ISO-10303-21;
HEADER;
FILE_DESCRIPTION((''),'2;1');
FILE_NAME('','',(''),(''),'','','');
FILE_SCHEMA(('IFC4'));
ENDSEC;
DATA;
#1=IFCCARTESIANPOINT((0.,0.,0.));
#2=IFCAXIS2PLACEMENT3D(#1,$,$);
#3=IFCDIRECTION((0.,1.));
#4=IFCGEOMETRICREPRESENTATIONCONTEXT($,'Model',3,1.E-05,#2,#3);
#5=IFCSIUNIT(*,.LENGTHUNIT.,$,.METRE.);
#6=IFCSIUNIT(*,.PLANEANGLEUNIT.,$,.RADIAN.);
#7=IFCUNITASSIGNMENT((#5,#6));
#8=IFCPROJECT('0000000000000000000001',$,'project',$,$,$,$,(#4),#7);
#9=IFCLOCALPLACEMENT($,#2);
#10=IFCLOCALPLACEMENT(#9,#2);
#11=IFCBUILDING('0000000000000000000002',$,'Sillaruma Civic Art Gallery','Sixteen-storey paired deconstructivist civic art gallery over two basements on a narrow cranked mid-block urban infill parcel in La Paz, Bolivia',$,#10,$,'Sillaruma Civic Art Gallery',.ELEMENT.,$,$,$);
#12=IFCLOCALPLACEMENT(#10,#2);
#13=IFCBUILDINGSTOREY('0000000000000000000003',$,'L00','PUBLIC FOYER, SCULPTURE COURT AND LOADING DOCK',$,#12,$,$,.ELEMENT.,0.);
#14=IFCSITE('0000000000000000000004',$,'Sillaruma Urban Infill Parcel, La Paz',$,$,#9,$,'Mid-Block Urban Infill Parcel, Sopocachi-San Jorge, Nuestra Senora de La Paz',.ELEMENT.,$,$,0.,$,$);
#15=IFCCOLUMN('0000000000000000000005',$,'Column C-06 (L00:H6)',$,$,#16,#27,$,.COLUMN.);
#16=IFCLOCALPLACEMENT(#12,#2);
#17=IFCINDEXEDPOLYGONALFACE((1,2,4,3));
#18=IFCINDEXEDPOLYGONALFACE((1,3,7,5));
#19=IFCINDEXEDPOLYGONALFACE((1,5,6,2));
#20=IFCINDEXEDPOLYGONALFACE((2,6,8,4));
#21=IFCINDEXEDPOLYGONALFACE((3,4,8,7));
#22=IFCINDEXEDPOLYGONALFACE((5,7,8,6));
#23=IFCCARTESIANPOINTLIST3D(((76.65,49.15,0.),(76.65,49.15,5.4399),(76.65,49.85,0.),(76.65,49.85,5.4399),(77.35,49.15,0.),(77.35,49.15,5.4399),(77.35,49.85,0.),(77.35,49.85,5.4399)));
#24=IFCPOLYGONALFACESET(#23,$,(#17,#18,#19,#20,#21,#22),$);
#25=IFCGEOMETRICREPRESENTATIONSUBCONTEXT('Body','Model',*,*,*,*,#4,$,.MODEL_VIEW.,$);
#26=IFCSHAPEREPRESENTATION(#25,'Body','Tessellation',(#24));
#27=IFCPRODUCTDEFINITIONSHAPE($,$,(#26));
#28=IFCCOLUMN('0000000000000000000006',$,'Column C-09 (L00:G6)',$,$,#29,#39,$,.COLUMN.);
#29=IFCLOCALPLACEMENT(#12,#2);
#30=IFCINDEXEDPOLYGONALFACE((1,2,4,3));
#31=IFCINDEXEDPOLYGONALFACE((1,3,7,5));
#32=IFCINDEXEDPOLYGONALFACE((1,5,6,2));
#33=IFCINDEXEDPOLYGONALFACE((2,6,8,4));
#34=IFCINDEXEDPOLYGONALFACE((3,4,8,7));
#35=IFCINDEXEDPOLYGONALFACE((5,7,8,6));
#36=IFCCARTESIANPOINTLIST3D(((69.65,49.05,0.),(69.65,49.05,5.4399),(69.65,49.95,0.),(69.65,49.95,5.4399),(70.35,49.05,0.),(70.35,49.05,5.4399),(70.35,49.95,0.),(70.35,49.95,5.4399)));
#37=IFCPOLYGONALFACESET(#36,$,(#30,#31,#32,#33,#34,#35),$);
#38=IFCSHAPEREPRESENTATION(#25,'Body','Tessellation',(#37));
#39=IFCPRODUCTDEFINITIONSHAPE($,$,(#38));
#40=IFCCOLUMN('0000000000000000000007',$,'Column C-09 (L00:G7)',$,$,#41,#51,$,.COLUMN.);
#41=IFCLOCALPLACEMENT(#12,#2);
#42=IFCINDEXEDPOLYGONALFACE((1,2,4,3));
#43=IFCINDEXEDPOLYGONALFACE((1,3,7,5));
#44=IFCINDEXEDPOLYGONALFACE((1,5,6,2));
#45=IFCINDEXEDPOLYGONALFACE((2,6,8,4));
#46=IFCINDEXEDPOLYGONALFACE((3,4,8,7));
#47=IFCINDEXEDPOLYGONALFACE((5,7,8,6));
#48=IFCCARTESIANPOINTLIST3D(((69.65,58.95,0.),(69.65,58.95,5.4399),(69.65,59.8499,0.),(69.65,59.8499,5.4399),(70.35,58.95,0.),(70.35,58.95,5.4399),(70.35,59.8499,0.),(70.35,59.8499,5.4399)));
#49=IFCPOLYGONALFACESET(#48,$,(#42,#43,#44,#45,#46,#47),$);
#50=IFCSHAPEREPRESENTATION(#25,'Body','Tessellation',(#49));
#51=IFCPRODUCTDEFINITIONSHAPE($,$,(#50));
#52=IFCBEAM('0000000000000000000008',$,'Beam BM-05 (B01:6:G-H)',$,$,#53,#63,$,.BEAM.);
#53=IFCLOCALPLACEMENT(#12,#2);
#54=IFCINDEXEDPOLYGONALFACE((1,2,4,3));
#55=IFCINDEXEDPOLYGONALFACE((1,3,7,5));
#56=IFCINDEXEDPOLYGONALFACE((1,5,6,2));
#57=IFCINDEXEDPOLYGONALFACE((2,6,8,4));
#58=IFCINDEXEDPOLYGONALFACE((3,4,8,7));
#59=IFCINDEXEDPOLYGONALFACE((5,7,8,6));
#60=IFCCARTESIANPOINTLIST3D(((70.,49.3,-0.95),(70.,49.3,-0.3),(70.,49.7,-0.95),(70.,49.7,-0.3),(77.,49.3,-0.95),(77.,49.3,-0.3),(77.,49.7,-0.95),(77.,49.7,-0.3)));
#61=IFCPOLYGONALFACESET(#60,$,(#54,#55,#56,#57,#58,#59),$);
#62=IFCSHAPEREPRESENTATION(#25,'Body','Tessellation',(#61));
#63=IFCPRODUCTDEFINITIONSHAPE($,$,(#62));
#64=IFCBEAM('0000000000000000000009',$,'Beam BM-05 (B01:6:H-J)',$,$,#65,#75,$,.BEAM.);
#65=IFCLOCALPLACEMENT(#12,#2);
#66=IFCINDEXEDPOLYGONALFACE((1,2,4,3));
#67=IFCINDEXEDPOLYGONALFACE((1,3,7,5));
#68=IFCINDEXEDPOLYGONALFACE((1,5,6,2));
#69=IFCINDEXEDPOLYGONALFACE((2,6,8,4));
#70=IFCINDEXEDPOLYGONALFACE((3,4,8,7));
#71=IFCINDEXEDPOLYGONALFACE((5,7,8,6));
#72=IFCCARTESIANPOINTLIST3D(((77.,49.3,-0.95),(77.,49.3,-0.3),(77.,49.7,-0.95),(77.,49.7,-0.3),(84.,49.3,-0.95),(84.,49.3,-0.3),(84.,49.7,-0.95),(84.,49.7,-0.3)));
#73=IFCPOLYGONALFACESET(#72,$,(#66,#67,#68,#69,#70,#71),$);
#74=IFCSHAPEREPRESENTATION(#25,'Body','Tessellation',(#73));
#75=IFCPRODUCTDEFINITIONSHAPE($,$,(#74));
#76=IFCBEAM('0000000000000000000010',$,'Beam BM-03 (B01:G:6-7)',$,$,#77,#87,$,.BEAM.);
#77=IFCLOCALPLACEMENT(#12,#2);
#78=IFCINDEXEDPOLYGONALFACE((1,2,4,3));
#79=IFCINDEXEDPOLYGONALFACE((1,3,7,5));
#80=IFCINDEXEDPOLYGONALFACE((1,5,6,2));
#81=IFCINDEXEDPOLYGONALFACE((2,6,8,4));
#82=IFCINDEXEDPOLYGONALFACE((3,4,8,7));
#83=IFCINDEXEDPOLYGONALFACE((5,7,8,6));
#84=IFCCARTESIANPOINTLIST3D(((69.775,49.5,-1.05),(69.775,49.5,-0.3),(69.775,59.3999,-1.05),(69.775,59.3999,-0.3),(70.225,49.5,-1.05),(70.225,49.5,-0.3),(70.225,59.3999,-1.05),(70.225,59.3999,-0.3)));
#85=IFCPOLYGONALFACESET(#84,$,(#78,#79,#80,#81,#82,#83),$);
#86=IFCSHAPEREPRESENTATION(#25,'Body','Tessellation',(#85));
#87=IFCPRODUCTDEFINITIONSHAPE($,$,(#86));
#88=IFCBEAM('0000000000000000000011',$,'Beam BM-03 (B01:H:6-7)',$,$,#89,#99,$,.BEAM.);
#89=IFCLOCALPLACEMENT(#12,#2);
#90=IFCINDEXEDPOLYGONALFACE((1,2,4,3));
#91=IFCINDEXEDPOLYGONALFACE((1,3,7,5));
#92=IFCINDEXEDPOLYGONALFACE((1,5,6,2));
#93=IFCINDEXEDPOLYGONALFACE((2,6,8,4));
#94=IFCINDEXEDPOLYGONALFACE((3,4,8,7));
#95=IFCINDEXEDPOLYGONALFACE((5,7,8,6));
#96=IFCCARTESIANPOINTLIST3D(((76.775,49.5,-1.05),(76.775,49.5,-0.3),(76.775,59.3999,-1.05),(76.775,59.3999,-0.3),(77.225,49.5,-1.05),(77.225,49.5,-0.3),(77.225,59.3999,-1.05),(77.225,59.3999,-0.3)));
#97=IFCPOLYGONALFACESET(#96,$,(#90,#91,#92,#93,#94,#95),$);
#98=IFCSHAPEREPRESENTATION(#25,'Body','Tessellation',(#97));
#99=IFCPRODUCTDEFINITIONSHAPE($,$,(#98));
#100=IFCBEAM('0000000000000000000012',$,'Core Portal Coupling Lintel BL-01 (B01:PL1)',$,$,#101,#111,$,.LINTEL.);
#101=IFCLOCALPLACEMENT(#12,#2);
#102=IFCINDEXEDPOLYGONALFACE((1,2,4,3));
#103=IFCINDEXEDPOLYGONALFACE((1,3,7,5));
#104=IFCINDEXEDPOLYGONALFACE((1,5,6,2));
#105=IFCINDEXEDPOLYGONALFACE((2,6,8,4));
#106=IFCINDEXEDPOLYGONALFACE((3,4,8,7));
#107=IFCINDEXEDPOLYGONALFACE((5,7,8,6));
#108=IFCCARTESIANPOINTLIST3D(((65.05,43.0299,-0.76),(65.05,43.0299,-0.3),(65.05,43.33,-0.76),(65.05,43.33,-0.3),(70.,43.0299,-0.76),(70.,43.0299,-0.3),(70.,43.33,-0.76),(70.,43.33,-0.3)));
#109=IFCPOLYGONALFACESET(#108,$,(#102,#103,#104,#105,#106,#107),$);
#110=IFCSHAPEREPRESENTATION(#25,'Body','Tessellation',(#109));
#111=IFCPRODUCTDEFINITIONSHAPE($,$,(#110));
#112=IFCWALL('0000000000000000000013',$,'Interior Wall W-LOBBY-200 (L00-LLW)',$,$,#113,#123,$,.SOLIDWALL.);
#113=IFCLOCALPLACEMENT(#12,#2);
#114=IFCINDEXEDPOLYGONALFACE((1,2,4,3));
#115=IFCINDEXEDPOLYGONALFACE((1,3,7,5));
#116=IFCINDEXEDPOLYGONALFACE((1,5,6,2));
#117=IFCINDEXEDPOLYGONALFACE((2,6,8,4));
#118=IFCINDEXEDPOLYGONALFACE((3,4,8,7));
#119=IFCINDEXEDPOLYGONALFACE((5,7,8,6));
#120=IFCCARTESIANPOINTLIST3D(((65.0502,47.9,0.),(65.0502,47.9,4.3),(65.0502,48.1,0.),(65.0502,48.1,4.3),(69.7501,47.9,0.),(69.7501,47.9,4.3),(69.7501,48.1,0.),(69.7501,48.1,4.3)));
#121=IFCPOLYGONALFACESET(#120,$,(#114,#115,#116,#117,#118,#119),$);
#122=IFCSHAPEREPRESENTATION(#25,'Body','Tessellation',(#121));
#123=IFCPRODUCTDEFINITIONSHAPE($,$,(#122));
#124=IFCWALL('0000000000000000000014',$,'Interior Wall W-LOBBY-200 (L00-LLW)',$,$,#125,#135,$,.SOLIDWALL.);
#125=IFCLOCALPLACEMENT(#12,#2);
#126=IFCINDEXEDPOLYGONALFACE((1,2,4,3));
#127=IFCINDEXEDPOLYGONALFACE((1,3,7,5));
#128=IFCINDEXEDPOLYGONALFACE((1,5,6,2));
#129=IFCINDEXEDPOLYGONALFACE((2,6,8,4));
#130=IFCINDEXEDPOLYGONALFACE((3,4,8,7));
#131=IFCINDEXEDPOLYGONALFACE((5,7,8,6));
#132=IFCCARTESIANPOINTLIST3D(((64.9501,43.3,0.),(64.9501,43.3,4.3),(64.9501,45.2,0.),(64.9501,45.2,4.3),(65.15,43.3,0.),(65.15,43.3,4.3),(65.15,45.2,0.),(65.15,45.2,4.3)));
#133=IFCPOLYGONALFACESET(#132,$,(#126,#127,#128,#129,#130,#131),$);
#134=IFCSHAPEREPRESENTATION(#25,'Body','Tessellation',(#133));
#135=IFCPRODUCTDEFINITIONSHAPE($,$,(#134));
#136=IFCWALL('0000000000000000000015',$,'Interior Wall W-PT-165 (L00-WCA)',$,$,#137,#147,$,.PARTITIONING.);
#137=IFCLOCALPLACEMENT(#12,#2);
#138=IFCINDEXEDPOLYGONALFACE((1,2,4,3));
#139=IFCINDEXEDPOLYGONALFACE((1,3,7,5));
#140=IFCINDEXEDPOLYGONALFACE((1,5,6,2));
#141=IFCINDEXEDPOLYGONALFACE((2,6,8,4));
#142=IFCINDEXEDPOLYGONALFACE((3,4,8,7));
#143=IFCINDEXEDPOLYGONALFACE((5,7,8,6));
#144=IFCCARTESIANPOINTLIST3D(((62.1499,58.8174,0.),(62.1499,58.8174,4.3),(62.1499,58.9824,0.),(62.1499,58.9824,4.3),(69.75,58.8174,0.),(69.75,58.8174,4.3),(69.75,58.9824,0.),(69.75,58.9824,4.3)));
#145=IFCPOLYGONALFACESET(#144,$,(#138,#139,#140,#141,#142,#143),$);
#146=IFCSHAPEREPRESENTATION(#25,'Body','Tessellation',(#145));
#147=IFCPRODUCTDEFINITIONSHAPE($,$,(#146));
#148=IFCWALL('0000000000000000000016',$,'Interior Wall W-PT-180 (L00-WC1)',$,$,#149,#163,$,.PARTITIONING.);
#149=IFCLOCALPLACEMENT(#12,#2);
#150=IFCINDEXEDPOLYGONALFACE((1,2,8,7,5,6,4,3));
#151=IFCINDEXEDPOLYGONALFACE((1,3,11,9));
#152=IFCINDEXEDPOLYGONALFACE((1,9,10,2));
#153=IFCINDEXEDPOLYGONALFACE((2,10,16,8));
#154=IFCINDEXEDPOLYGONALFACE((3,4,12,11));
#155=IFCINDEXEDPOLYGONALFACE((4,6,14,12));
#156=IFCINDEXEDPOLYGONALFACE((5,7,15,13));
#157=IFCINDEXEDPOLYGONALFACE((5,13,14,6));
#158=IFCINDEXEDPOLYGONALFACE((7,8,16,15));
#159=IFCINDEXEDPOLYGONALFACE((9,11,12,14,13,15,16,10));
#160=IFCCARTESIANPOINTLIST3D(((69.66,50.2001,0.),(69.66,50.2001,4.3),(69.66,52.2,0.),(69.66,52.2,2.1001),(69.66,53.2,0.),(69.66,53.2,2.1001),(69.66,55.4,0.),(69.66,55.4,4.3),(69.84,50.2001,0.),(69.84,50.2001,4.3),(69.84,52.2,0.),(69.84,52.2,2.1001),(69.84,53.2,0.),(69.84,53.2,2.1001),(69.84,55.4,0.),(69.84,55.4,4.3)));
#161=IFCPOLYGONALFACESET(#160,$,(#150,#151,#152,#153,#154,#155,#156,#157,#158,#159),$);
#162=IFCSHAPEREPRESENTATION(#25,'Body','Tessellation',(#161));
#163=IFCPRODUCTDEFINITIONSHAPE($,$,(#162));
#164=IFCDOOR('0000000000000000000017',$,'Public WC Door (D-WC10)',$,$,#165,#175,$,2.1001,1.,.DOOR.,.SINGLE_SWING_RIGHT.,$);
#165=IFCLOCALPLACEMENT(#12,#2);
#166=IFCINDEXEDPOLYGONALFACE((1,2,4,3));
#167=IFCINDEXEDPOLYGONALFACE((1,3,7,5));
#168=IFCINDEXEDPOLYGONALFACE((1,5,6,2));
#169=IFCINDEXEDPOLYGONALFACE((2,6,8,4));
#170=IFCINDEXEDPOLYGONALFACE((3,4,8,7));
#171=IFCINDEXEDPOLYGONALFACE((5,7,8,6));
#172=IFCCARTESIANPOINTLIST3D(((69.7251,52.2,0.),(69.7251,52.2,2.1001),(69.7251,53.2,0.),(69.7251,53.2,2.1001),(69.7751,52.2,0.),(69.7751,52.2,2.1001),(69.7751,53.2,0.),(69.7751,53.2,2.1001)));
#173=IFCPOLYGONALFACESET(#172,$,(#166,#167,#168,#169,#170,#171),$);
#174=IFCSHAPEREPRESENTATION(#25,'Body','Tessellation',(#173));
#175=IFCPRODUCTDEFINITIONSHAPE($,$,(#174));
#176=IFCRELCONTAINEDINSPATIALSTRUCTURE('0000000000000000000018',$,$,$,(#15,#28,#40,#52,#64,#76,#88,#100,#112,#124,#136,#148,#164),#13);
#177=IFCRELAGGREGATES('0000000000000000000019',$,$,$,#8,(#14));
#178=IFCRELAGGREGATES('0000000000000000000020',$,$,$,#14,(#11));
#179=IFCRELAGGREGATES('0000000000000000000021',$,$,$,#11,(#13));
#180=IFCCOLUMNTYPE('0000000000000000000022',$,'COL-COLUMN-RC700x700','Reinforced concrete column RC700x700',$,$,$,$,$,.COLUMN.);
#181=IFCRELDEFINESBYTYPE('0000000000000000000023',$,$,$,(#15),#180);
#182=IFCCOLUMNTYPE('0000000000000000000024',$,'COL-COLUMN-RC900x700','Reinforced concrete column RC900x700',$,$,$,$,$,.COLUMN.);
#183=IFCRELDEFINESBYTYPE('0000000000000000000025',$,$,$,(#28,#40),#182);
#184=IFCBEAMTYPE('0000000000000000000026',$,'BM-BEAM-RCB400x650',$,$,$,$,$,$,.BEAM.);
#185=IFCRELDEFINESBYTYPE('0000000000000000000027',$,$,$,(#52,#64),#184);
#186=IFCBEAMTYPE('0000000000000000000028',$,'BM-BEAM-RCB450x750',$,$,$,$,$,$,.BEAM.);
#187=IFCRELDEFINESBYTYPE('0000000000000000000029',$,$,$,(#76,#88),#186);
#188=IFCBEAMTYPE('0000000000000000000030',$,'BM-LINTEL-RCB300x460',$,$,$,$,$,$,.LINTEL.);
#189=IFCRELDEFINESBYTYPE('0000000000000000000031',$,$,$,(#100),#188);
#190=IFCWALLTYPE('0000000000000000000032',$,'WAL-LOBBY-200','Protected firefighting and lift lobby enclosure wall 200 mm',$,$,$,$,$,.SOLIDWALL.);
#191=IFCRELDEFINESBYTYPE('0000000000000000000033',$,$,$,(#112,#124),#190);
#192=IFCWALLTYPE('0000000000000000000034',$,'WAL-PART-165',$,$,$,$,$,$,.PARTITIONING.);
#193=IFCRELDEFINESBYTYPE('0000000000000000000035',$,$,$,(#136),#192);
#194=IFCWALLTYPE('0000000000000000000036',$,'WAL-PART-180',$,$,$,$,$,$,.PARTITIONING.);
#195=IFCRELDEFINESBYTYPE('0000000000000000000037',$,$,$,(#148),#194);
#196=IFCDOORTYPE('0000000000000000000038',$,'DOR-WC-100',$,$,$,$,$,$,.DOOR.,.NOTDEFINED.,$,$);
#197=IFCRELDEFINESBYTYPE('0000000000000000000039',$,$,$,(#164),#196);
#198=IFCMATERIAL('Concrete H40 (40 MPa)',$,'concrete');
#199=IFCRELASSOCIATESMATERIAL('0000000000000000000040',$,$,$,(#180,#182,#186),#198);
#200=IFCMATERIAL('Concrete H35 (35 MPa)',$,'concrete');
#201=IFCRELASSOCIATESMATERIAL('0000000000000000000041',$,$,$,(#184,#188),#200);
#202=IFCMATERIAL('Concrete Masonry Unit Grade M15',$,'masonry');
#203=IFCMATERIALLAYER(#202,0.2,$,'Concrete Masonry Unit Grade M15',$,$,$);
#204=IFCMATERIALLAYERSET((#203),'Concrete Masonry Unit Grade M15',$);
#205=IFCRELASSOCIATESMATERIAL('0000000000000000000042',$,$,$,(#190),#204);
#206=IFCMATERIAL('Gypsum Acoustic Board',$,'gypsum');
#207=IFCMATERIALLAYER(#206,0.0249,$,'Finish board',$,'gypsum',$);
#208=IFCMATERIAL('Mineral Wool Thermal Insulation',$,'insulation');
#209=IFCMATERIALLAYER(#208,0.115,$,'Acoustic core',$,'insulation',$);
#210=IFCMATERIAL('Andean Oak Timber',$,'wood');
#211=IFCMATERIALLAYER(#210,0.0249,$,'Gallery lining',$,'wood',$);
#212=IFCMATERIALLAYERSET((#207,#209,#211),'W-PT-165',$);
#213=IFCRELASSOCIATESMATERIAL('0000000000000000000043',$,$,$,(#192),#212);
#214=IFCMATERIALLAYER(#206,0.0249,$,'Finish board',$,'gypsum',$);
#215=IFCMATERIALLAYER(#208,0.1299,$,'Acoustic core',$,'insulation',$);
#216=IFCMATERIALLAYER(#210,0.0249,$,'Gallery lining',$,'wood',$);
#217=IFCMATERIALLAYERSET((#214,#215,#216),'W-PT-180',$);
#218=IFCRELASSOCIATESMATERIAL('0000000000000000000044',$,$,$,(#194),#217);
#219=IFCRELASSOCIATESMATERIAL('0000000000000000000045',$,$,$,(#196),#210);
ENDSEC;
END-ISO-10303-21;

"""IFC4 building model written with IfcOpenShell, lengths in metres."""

from ifc_helpers import new_model, si_unit, direction, frame, frame_2d, origin, origin_2d, place, context, subcontext, project, spatial, rectangle, extrude, material, layer, layer_set, material_profile, profile_set, type_object, element, fill, save


model = new_model("IFC4")

# Units and contexts
model_context = context("Model", 3, precision=1e-05, world=origin(), true_north=direction((0.0, 1.0)))
body_context = subcontext(model_context, "Body", "Model", "MODEL_VIEW")
ifc_project = project(units=[si_unit("LENGTHUNIT", "METRE"), si_unit("PLANEANGLEUNIT", "RADIAN")], contexts=[model_context])

# Site, building, storey
site_placement = place(None, origin())
site = spatial("IfcSite", under=ifc_project, at=site_placement, Name="Sillaruma Urban Infill Parcel, La Paz", LongName="Mid-Block Urban Infill Parcel, Sopocachi-San Jorge, Nuestra Senora de La Paz", CompositionType="ELEMENT", RefElevation=0.0)
building_placement = place(site_placement, origin())
building = spatial("IfcBuilding", under=site, at=building_placement, Name="Sillaruma Civic Art Gallery", Description="Sixteen-storey paired deconstructivist civic art gallery over two basements on a narrow cranked mid-block urban infill parcel in La Paz, Bolivia", LongName="Sillaruma Civic Art Gallery", CompositionType="ELEMENT")
storey_placement = place(building_placement, origin())
storey = spatial("IfcBuildingStorey", under=building, at=storey_placement, Name="L00", Description="PUBLIC FOYER, SCULPTURE COURT AND LOADING DOCK", CompositionType="ELEMENT", Elevation=0.0)

# Columns
ifc_material_1 = material(Name="Concrete H40 (40 MPa)", Category="concrete")
ifc_material_profile_1 = material_profile(ifc_material_1, rectangle(XDim=0.7, YDim=0.7, at=origin_2d()), Name="RC700x700")
ifc_profile_set_1 = profile_set([ifc_material_profile_1], Name="Concrete H40 (40 MPa)")
column_type_1 = type_object("IfcColumnType", Name="COL-COLUMN-RC700x700", Description="Reinforced concrete column RC700x700", PredefinedType="COLUMN", material=ifc_profile_set_1)
column_placement = place(storey_placement, frame((77.0, 49.5, 0.0), z_axis=(0.0, 0.0, 1.0), x_axis=(1.0, 0.0, 0.0)))
element("IfcColumn", 1, at=column_placement, inside=storey, type_object=column_type_1, Name="Column C-06 (L00:H6)", PredefinedType="COLUMN", context=body_context, shape_type="SweptSolid", body=[
    extrude(rectangle(XDim=0.7, YDim=0.7, at=origin_2d()), origin(), (0.0, 0.0, 1.0), 5.4399),
])
ifc_material_profile_2 = material_profile(ifc_material_1, rectangle(XDim=0.7, YDim=0.8999, at=origin_2d()), Name="RC900x700")
ifc_profile_set_2 = profile_set([ifc_material_profile_2], Name="Concrete H40 (40 MPa)")
column_type_2 = type_object("IfcColumnType", Name="COL-COLUMN-RC900x700", Description="Reinforced concrete column RC900x700", PredefinedType="COLUMN", material=ifc_profile_set_2)
for number, where, z_axis, x_axis, name in (
    (2, (70.0, 49.5, 0.0), (0.0, 0.0, 1.0), (1.0, 0.0, 0.0), "Column C-09 (L00:G6)"),
    (3, (70.0, 59.3999, 0.0), (0.0, 0.0, 1.0), (1.0, 0.0, 0.0), "Column C-09 (L00:G7)"),
):
    element("IfcColumn", number, at=place(storey_placement, frame(where, z_axis=z_axis, x_axis=x_axis)), inside=storey, type_object=column_type_2, Name=name, PredefinedType="COLUMN", context=body_context, shape_type="SweptSolid", body=[
        extrude(rectangle(XDim=0.7, YDim=0.8999, at=origin_2d()), origin(), (0.0, 0.0, 1.0), 5.4399),
    ])

# Beams
ifc_material_2 = material(Name="Concrete H35 (35 MPa)", Category="concrete")
ifc_material_profile_3 = material_profile(ifc_material_2, rectangle(XDim=0.3999, YDim=0.6499, at=origin_2d()), Name="RCB400x650")
ifc_profile_set_3 = profile_set([ifc_material_profile_3], Name="Concrete H35 (35 MPa)")
beam_type_1 = type_object("IfcBeamType", Name="BM-BEAM-RCB400x650", PredefinedType="BEAM", material=ifc_profile_set_3)
for number, where, z_axis, x_axis, name in (
    (4, (70.0, 49.5, -0.625), (1.0, 0.0, 0.0), (0.0, 1.0, 0.0), "Beam BM-05 (B01:6:G-H)"),
    (5, (77.0, 49.5, -0.625), (1.0, 0.0, 0.0), (0.0, 1.0, 0.0), "Beam BM-05 (B01:6:H-J)"),
):
    element("IfcBeam", number, at=place(storey_placement, frame(where, z_axis=z_axis, x_axis=x_axis)), inside=storey, type_object=beam_type_1, Name=name, PredefinedType="BEAM", context=body_context, shape_type="SweptSolid", body=[
        extrude(rectangle(XDim=0.3999, YDim=0.6499, at=origin_2d()), origin(), (0.0, 0.0, 1.0), 7.0),
    ])
ifc_material_profile_4 = material_profile(ifc_material_1, rectangle(XDim=0.45, YDim=0.75, at=origin_2d()), Name="RCB450x750")
ifc_profile_set_4 = profile_set([ifc_material_profile_4], Name="Concrete H40 (40 MPa)")
beam_type_2 = type_object("IfcBeamType", Name="BM-BEAM-RCB450x750", PredefinedType="BEAM", material=ifc_profile_set_4)
for number, where, z_axis, x_axis, name in (
    (6, (70.0, 49.5, -0.675), (0.0, 1.0, 0.0), (-1.0, 0.0, 0.0), "Beam BM-03 (B01:G:6-7)"),
    (7, (77.0, 49.5, -0.675), (0.0, 1.0, 0.0), (-1.0, 0.0, 0.0), "Beam BM-03 (B01:H:6-7)"),
):
    element("IfcBeam", number, at=place(storey_placement, frame(where, z_axis=z_axis, x_axis=x_axis)), inside=storey, type_object=beam_type_2, Name=name, PredefinedType="BEAM", context=body_context, shape_type="SweptSolid", body=[
        extrude(rectangle(XDim=0.45, YDim=0.75, at=origin_2d()), origin(), (0.0, 0.0, 1.0), 9.8999),
    ])
ifc_material_profile_5 = material_profile(ifc_material_2, rectangle(XDim=0.3, YDim=0.46, at=origin_2d()), Name="RCB300x460")
ifc_profile_set_5 = profile_set([ifc_material_profile_5], Name="Concrete H35 (35 MPa)")
beam_type_3 = type_object("IfcBeamType", Name="BM-LINTEL-RCB300x460", PredefinedType="LINTEL", material=ifc_profile_set_5)
beam_placement = place(storey_placement, frame((65.05, 43.1799, -0.53), z_axis=(1.0, 0.0, 0.0), x_axis=(0.0, 1.0, 0.0)))
element("IfcBeam", 8, at=beam_placement, inside=storey, type_object=beam_type_3, Name="Core Portal Coupling Lintel BL-01 (B01:PL1)", PredefinedType="LINTEL", context=body_context, shape_type="SweptSolid", body=[
    extrude(rectangle(XDim=0.3, YDim=0.46, at=origin_2d()), origin(), (0.0, 0.0, 1.0), 4.95),
])

# Walls
ifc_material_3 = material(Name="Concrete Masonry Unit Grade M15", Category="masonry")
ifc_layer_1 = layer(ifc_material_3, 0.2, Name="Concrete Masonry Unit Grade M15")
ifc_layer_set_1 = layer_set([ifc_layer_1], Name="Concrete Masonry Unit Grade M15")
wall_type_1 = type_object("IfcWallType", Name="WAL-LOBBY-200", Description="Protected firefighting and lift lobby enclosure wall 200 mm", PredefinedType="SOLIDWALL", material=ifc_layer_set_1)
wall_1_placement = place(storey_placement, frame((65.05, 48.0, 0.0), z_axis=(0.0, 0.0, 1.0), x_axis=(1.0, 0.0, 0.0)))
element("IfcWall", 9, at=wall_1_placement, inside=storey, type_object=wall_type_1, Name="Interior Wall W-LOBBY-200 (L00-LLW)", PredefinedType="SOLIDWALL", context=body_context, shape_type="SweptSolid", body=[
    extrude(rectangle(XDim=4.7, YDim=0.2, at=frame_2d((2.3501, 0.0))), origin(), (0.0, 0.0, 1.0), 4.3),
])
wall_2_placement = place(storey_placement, frame((65.05, 43.3, 0.0), z_axis=(0.0, 0.0, 1.0), x_axis=(0.0, 1.0, 0.0)))
element("IfcWall", 10, at=wall_2_placement, inside=storey, type_object=wall_type_1, Name="Interior Wall W-LOBBY-200 (L00-LLW)", PredefinedType="SOLIDWALL", context=body_context, shape_type="SweptSolid", body=[
    extrude(rectangle(XDim=1.8999, YDim=0.2, at=frame_2d((0.95, 0.0))), origin(), (0.0, 0.0, 1.0), 4.3),
])

# Shared definitions
ifc_material_4 = material(Name="Gypsum Acoustic Board", Category="gypsum")
ifc_material_5 = material(Name="Mineral Wool Thermal Insulation", Category="insulation")
ifc_material_6 = material(Name="Andean Oak Timber", Category="wood")

# Wall
ifc_layer_2 = layer(ifc_material_4, 0.0249, Name="Finish board", Category="gypsum")
ifc_layer_3 = layer(ifc_material_5, 0.115, Name="Acoustic core", Category="insulation")
ifc_layer_4 = layer(ifc_material_6, 0.0249, Name="Gallery lining", Category="wood")
ifc_layer_set_2 = layer_set([ifc_layer_2, ifc_layer_3, ifc_layer_4], Name="W-PT-165")
wall_type_2 = type_object("IfcWallType", Name="WAL-PART-165", PredefinedType="PARTITIONING", material=ifc_layer_set_2)
wall_3_placement = place(storey_placement, frame((62.1499, 58.8999, 0.0), z_axis=(0.0, 0.0, 1.0), x_axis=(1.0, 0.0, 0.0)))
element("IfcWall", 11, at=wall_3_placement, inside=storey, type_object=wall_type_2, Name="Interior Wall W-PT-165 (L00-WCA)", PredefinedType="PARTITIONING", context=body_context, shape_type="SweptSolid", body=[
    extrude(rectangle(XDim=7.6001, YDim=0.165, at=frame_2d((3.8, 0.0))), origin(), (0.0, 0.0, 1.0), 4.3),
])

# Wall, opening, door
ifc_layer_5 = layer(ifc_material_4, 0.0249, Name="Finish board", Category="gypsum")
ifc_layer_6 = layer(ifc_material_5, 0.1299, Name="Acoustic core", Category="insulation")
ifc_layer_7 = layer(ifc_material_6, 0.0249, Name="Gallery lining", Category="wood")
ifc_layer_set_3 = layer_set([ifc_layer_5, ifc_layer_6, ifc_layer_7], Name="W-PT-180")
wall_type_3 = type_object("IfcWallType", Name="WAL-PART-180", PredefinedType="PARTITIONING", material=ifc_layer_set_3)
wall_4_placement = place(storey_placement, frame((69.75, 50.2, 0.0), z_axis=(0.0, 0.0, 1.0), x_axis=(0.0, 1.0, 0.0)))
wall_4 = element("IfcWall", 12, at=wall_4_placement, inside=storey, type_object=wall_type_3, Name="Interior Wall W-PT-180 (L00-WC1)", PredefinedType="PARTITIONING", context=body_context, shape_type="SweptSolid", body=[
    extrude(rectangle(XDim=5.2, YDim=0.1799, at=frame_2d((2.6001, 0.0))), origin(), (0.0, 0.0, 1.0), 4.3),
])
opening_1_placement = place(wall_4_placement, frame((2.0, 0.0, 0.0)))
opening_1 = element("IfcOpeningElement", 13, at=opening_1_placement, cuts=wall_4, PredefinedType="OPENING", context=body_context, shape_type="SweptSolid", body=[
    extrude(rectangle(XDim=1.0, YDim=2.1001, at=frame_2d((0.5, 1.05))), frame((0.0, 0.0999, 0.0), z_axis=(0.0, -1.0, 0.0), x_axis=(1.0, 0.0, 0.0)), (0.0, 0.0, 1.0), 0.2),
])
door_type_1 = type_object("IfcDoorType", Name="DOR-WC-100", OperationType="NOTDEFINED", PredefinedType="DOOR", material=ifc_material_6)
door_1_placement = place(opening_1_placement, origin())
door_1 = element("IfcDoor", 14, at=door_1_placement, inside=storey, type_object=door_type_1, Name="Public WC Door (D-WC10)", OperationType="SINGLE_SWING_RIGHT", OverallHeight=2.1001, OverallWidth=1.0, PredefinedType="DOOR", context=body_context, shape_type="SweptSolid", body=[
    extrude(rectangle(XDim=1.0, YDim=2.1001, at=frame_2d((0.5, 1.05))), frame((0.0, 0.0249, 0.0), z_axis=(0.0, -1.0, 0.0), x_axis=(1.0, 0.0, 0.0)), (0.0, 0.0, 1.0), 0.05),
])
fill(opening_1, door_1)

save(model, "model.ifc")
